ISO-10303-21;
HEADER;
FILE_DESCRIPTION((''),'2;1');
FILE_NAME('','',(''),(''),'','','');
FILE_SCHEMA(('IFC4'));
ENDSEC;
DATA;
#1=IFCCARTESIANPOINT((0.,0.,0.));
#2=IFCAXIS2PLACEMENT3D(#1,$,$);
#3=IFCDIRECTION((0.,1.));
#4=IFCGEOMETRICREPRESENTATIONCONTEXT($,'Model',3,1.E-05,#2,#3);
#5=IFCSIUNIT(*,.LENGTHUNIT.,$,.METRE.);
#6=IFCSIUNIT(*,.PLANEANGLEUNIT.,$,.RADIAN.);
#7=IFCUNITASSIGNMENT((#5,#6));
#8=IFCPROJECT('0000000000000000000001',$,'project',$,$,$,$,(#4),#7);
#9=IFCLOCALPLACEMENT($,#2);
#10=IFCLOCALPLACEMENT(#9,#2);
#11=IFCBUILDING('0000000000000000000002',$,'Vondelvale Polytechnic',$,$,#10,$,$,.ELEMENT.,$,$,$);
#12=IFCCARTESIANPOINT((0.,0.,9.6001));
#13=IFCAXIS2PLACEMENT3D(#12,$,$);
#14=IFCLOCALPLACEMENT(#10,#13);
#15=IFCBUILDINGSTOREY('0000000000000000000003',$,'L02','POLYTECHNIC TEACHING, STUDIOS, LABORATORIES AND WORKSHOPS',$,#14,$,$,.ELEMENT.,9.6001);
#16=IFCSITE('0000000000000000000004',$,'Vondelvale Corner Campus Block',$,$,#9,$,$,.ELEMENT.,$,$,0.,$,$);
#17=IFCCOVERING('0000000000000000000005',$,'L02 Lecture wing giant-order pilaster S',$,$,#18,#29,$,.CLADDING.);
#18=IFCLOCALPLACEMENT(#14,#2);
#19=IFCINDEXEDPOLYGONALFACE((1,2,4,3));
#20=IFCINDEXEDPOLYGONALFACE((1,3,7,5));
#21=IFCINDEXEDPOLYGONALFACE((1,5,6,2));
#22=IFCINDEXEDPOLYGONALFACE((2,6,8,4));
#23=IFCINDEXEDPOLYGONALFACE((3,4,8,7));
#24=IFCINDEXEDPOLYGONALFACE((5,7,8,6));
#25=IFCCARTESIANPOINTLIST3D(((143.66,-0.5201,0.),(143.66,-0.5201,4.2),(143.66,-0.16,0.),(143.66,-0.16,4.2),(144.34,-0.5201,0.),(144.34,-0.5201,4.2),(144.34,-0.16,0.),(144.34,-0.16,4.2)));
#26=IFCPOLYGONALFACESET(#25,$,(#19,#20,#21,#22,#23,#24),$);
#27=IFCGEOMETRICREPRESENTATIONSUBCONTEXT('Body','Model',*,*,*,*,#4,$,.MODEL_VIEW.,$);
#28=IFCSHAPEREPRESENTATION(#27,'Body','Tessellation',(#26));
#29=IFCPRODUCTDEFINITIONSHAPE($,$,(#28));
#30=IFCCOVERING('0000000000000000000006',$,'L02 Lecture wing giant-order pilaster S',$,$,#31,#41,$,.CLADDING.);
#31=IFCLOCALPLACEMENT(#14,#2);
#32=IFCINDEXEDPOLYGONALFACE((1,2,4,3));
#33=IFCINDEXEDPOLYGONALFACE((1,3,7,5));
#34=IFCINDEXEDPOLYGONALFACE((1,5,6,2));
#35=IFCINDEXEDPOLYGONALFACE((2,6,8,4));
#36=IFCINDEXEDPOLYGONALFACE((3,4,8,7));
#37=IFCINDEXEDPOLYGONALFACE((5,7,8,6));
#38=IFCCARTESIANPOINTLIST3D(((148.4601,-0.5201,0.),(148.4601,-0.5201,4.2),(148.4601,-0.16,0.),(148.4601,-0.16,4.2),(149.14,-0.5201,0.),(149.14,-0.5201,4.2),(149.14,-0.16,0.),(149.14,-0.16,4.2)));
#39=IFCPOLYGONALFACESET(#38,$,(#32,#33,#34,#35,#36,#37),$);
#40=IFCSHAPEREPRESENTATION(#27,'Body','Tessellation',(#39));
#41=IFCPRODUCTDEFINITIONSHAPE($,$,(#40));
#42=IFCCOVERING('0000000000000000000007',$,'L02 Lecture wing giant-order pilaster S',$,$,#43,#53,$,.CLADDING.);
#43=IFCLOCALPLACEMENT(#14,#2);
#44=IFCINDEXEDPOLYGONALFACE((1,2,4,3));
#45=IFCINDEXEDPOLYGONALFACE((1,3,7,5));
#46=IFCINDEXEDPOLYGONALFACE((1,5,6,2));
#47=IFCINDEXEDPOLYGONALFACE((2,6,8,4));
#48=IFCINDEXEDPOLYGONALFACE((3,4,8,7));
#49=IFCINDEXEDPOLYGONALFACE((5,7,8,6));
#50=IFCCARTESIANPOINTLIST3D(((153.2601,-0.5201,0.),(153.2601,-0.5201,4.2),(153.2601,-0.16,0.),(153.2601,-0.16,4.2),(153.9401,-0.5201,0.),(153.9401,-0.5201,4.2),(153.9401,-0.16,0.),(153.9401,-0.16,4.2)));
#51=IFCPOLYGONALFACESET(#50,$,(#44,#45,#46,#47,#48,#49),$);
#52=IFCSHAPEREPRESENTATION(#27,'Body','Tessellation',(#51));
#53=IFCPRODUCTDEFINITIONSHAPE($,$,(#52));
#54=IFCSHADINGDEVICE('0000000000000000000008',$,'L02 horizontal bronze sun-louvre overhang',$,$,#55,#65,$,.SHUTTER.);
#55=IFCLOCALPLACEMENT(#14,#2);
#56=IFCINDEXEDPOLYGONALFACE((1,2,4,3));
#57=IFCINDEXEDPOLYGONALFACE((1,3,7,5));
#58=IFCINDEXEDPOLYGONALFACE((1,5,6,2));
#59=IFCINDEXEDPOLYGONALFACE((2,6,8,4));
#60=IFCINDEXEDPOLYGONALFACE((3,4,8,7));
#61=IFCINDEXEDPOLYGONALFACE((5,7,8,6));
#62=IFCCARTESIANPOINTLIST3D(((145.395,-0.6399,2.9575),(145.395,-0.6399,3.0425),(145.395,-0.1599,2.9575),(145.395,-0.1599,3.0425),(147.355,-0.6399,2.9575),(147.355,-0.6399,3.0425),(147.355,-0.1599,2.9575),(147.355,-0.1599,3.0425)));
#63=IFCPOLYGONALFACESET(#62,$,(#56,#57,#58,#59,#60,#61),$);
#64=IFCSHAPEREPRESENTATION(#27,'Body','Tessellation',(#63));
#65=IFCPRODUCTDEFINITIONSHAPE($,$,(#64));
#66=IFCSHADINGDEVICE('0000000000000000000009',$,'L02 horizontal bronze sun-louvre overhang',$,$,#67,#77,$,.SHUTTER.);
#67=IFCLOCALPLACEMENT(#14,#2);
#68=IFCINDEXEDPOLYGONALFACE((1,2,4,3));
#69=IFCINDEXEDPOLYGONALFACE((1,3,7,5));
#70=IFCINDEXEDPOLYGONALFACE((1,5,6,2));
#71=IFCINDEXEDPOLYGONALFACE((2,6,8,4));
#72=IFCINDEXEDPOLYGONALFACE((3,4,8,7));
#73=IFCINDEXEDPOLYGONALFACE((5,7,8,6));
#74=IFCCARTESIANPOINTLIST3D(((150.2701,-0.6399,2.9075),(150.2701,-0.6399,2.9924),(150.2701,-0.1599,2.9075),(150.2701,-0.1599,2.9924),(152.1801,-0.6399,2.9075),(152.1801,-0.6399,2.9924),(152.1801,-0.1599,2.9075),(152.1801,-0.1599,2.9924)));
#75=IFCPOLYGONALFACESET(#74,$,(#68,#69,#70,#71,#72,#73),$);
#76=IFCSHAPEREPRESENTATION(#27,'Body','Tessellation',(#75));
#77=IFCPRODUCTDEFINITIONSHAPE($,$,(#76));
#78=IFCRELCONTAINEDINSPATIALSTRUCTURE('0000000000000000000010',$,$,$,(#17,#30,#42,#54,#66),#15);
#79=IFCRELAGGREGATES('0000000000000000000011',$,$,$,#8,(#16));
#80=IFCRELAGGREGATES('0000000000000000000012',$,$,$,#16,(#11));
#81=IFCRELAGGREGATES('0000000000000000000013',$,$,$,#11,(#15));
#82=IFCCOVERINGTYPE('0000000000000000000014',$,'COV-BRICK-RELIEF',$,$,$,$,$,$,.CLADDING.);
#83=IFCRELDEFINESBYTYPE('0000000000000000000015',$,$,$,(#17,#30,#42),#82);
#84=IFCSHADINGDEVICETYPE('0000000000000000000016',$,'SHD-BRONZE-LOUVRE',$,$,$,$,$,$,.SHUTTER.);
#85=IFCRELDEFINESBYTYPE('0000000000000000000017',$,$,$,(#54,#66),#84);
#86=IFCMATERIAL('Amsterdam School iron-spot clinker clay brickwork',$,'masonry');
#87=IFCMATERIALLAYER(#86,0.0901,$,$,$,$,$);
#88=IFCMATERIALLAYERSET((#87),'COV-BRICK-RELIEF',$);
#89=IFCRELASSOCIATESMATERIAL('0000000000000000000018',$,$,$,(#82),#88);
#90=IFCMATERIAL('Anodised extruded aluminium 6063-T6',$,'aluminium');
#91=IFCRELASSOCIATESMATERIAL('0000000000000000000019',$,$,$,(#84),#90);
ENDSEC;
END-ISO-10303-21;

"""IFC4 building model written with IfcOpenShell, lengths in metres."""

from ifc_helpers import new_model, si_unit, direction, frame, origin, origin_2d, place, context, subcontext, project, spatial, rectangle, extrude, material, layer, layer_set, type_object, element, save


model = new_model("IFC4")

# Units and contexts
model_context = context("Model", 3, precision=1e-05, world=origin(), true_north=direction((0.0, 1.0)))
body_context = subcontext(model_context, "Body", "Model", "MODEL_VIEW")
ifc_project = project(units=[si_unit("LENGTHUNIT", "METRE"), si_unit("PLANEANGLEUNIT", "RADIAN")], contexts=[model_context])

# Site, building, storey
site_placement = place(None, origin())
site = spatial("IfcSite", under=ifc_project, at=site_placement, Name="Vondelvale Corner Campus Block", CompositionType="ELEMENT", RefElevation=0.0)
building_placement = place(site_placement, origin())
building = spatial("IfcBuilding", under=site, at=building_placement, Name="Vondelvale Polytechnic", CompositionType="ELEMENT")
storey_placement = place(building_placement, frame((0.0, 0.0, 9.6001)))
storey = spatial("IfcBuildingStorey", under=building, at=storey_placement, Name="L02", Description="POLYTECHNIC TEACHING, STUDIOS, LABORATORIES AND WORKSHOPS", CompositionType="ELEMENT", Elevation=9.6001)

# Shared definitions
ifc_material_1 = material(Name="Amsterdam School iron-spot clinker clay brickwork", Category="masonry")

# Coverings
ifc_layer_1 = layer(ifc_material_1, 0.0901)
ifc_layer_set_1 = layer_set([ifc_layer_1], Name="COV-BRICK-RELIEF")
covering_type = type_object("IfcCoveringType", Name="COV-BRICK-RELIEF", PredefinedType="CLADDING", material=ifc_layer_set_1)
for number, where, z_axis, x_axis, name in (
    (1, (144.0, -0.3401, 0.0), (0.0, 0.0, 1.0), (1.0, 0.0, 0.0), "L02 Lecture wing giant-order pilaster S"),
    (2, (148.8, -0.3401, 0.0), (0.0, 0.0, 1.0), (1.0, 0.0, 0.0), "L02 Lecture wing giant-order pilaster S"),
    (3, (153.6001, -0.3401, 0.0), (0.0, 0.0, 1.0), (1.0, 0.0, 0.0), "L02 Lecture wing giant-order pilaster S"),
):
    element("IfcCovering", number, at=place(storey_placement, frame(where, z_axis=z_axis, x_axis=x_axis)), inside=storey, type_object=covering_type, Name=name, PredefinedType="CLADDING", context=body_context, shape_type="SweptSolid", body=[
        extrude(rectangle(XDim=0.6799, YDim=0.3601, at=origin_2d()), origin(), (0.0, 0.0, 1.0), 4.2),
    ])

# Shading devices
ifc_material_2 = material(Name="Anodised extruded aluminium 6063-T6", Category="aluminium")
shading_device_type = type_object("IfcShadingDeviceType", Name="SHD-BRONZE-LOUVRE", PredefinedType="SHUTTER", material=ifc_material_2)
shading_device_1_placement = place(storey_placement, frame((146.375, -0.3999, 2.9575), z_axis=(0.0, 0.0, 1.0), x_axis=(-1.0, 0.0, 0.0)))
element("IfcShadingDevice", 4, at=shading_device_1_placement, inside=storey, type_object=shading_device_type, Name="L02 horizontal bronze sun-louvre overhang", PredefinedType="SHUTTER", context=body_context, shape_type="SweptSolid", body=[
    extrude(rectangle(XDim=1.96, YDim=0.48, at=origin_2d()), origin(), (0.0, 0.0, 1.0), 0.085),
])
shading_device_2_placement = place(storey_placement, frame((151.2251, -0.3999, 2.9075), z_axis=(0.0, 0.0, 1.0), x_axis=(-1.0, 0.0, 0.0)))
element("IfcShadingDevice", 5, at=shading_device_2_placement, inside=storey, type_object=shading_device_type, Name="L02 horizontal bronze sun-louvre overhang", PredefinedType="SHUTTER", context=body_context, shape_type="SweptSolid", body=[
    extrude(rectangle(XDim=1.9099, YDim=0.48, at=origin_2d()), origin(), (0.0, 0.0, 1.0), 0.085),
])

save(model, "model.ifc")
